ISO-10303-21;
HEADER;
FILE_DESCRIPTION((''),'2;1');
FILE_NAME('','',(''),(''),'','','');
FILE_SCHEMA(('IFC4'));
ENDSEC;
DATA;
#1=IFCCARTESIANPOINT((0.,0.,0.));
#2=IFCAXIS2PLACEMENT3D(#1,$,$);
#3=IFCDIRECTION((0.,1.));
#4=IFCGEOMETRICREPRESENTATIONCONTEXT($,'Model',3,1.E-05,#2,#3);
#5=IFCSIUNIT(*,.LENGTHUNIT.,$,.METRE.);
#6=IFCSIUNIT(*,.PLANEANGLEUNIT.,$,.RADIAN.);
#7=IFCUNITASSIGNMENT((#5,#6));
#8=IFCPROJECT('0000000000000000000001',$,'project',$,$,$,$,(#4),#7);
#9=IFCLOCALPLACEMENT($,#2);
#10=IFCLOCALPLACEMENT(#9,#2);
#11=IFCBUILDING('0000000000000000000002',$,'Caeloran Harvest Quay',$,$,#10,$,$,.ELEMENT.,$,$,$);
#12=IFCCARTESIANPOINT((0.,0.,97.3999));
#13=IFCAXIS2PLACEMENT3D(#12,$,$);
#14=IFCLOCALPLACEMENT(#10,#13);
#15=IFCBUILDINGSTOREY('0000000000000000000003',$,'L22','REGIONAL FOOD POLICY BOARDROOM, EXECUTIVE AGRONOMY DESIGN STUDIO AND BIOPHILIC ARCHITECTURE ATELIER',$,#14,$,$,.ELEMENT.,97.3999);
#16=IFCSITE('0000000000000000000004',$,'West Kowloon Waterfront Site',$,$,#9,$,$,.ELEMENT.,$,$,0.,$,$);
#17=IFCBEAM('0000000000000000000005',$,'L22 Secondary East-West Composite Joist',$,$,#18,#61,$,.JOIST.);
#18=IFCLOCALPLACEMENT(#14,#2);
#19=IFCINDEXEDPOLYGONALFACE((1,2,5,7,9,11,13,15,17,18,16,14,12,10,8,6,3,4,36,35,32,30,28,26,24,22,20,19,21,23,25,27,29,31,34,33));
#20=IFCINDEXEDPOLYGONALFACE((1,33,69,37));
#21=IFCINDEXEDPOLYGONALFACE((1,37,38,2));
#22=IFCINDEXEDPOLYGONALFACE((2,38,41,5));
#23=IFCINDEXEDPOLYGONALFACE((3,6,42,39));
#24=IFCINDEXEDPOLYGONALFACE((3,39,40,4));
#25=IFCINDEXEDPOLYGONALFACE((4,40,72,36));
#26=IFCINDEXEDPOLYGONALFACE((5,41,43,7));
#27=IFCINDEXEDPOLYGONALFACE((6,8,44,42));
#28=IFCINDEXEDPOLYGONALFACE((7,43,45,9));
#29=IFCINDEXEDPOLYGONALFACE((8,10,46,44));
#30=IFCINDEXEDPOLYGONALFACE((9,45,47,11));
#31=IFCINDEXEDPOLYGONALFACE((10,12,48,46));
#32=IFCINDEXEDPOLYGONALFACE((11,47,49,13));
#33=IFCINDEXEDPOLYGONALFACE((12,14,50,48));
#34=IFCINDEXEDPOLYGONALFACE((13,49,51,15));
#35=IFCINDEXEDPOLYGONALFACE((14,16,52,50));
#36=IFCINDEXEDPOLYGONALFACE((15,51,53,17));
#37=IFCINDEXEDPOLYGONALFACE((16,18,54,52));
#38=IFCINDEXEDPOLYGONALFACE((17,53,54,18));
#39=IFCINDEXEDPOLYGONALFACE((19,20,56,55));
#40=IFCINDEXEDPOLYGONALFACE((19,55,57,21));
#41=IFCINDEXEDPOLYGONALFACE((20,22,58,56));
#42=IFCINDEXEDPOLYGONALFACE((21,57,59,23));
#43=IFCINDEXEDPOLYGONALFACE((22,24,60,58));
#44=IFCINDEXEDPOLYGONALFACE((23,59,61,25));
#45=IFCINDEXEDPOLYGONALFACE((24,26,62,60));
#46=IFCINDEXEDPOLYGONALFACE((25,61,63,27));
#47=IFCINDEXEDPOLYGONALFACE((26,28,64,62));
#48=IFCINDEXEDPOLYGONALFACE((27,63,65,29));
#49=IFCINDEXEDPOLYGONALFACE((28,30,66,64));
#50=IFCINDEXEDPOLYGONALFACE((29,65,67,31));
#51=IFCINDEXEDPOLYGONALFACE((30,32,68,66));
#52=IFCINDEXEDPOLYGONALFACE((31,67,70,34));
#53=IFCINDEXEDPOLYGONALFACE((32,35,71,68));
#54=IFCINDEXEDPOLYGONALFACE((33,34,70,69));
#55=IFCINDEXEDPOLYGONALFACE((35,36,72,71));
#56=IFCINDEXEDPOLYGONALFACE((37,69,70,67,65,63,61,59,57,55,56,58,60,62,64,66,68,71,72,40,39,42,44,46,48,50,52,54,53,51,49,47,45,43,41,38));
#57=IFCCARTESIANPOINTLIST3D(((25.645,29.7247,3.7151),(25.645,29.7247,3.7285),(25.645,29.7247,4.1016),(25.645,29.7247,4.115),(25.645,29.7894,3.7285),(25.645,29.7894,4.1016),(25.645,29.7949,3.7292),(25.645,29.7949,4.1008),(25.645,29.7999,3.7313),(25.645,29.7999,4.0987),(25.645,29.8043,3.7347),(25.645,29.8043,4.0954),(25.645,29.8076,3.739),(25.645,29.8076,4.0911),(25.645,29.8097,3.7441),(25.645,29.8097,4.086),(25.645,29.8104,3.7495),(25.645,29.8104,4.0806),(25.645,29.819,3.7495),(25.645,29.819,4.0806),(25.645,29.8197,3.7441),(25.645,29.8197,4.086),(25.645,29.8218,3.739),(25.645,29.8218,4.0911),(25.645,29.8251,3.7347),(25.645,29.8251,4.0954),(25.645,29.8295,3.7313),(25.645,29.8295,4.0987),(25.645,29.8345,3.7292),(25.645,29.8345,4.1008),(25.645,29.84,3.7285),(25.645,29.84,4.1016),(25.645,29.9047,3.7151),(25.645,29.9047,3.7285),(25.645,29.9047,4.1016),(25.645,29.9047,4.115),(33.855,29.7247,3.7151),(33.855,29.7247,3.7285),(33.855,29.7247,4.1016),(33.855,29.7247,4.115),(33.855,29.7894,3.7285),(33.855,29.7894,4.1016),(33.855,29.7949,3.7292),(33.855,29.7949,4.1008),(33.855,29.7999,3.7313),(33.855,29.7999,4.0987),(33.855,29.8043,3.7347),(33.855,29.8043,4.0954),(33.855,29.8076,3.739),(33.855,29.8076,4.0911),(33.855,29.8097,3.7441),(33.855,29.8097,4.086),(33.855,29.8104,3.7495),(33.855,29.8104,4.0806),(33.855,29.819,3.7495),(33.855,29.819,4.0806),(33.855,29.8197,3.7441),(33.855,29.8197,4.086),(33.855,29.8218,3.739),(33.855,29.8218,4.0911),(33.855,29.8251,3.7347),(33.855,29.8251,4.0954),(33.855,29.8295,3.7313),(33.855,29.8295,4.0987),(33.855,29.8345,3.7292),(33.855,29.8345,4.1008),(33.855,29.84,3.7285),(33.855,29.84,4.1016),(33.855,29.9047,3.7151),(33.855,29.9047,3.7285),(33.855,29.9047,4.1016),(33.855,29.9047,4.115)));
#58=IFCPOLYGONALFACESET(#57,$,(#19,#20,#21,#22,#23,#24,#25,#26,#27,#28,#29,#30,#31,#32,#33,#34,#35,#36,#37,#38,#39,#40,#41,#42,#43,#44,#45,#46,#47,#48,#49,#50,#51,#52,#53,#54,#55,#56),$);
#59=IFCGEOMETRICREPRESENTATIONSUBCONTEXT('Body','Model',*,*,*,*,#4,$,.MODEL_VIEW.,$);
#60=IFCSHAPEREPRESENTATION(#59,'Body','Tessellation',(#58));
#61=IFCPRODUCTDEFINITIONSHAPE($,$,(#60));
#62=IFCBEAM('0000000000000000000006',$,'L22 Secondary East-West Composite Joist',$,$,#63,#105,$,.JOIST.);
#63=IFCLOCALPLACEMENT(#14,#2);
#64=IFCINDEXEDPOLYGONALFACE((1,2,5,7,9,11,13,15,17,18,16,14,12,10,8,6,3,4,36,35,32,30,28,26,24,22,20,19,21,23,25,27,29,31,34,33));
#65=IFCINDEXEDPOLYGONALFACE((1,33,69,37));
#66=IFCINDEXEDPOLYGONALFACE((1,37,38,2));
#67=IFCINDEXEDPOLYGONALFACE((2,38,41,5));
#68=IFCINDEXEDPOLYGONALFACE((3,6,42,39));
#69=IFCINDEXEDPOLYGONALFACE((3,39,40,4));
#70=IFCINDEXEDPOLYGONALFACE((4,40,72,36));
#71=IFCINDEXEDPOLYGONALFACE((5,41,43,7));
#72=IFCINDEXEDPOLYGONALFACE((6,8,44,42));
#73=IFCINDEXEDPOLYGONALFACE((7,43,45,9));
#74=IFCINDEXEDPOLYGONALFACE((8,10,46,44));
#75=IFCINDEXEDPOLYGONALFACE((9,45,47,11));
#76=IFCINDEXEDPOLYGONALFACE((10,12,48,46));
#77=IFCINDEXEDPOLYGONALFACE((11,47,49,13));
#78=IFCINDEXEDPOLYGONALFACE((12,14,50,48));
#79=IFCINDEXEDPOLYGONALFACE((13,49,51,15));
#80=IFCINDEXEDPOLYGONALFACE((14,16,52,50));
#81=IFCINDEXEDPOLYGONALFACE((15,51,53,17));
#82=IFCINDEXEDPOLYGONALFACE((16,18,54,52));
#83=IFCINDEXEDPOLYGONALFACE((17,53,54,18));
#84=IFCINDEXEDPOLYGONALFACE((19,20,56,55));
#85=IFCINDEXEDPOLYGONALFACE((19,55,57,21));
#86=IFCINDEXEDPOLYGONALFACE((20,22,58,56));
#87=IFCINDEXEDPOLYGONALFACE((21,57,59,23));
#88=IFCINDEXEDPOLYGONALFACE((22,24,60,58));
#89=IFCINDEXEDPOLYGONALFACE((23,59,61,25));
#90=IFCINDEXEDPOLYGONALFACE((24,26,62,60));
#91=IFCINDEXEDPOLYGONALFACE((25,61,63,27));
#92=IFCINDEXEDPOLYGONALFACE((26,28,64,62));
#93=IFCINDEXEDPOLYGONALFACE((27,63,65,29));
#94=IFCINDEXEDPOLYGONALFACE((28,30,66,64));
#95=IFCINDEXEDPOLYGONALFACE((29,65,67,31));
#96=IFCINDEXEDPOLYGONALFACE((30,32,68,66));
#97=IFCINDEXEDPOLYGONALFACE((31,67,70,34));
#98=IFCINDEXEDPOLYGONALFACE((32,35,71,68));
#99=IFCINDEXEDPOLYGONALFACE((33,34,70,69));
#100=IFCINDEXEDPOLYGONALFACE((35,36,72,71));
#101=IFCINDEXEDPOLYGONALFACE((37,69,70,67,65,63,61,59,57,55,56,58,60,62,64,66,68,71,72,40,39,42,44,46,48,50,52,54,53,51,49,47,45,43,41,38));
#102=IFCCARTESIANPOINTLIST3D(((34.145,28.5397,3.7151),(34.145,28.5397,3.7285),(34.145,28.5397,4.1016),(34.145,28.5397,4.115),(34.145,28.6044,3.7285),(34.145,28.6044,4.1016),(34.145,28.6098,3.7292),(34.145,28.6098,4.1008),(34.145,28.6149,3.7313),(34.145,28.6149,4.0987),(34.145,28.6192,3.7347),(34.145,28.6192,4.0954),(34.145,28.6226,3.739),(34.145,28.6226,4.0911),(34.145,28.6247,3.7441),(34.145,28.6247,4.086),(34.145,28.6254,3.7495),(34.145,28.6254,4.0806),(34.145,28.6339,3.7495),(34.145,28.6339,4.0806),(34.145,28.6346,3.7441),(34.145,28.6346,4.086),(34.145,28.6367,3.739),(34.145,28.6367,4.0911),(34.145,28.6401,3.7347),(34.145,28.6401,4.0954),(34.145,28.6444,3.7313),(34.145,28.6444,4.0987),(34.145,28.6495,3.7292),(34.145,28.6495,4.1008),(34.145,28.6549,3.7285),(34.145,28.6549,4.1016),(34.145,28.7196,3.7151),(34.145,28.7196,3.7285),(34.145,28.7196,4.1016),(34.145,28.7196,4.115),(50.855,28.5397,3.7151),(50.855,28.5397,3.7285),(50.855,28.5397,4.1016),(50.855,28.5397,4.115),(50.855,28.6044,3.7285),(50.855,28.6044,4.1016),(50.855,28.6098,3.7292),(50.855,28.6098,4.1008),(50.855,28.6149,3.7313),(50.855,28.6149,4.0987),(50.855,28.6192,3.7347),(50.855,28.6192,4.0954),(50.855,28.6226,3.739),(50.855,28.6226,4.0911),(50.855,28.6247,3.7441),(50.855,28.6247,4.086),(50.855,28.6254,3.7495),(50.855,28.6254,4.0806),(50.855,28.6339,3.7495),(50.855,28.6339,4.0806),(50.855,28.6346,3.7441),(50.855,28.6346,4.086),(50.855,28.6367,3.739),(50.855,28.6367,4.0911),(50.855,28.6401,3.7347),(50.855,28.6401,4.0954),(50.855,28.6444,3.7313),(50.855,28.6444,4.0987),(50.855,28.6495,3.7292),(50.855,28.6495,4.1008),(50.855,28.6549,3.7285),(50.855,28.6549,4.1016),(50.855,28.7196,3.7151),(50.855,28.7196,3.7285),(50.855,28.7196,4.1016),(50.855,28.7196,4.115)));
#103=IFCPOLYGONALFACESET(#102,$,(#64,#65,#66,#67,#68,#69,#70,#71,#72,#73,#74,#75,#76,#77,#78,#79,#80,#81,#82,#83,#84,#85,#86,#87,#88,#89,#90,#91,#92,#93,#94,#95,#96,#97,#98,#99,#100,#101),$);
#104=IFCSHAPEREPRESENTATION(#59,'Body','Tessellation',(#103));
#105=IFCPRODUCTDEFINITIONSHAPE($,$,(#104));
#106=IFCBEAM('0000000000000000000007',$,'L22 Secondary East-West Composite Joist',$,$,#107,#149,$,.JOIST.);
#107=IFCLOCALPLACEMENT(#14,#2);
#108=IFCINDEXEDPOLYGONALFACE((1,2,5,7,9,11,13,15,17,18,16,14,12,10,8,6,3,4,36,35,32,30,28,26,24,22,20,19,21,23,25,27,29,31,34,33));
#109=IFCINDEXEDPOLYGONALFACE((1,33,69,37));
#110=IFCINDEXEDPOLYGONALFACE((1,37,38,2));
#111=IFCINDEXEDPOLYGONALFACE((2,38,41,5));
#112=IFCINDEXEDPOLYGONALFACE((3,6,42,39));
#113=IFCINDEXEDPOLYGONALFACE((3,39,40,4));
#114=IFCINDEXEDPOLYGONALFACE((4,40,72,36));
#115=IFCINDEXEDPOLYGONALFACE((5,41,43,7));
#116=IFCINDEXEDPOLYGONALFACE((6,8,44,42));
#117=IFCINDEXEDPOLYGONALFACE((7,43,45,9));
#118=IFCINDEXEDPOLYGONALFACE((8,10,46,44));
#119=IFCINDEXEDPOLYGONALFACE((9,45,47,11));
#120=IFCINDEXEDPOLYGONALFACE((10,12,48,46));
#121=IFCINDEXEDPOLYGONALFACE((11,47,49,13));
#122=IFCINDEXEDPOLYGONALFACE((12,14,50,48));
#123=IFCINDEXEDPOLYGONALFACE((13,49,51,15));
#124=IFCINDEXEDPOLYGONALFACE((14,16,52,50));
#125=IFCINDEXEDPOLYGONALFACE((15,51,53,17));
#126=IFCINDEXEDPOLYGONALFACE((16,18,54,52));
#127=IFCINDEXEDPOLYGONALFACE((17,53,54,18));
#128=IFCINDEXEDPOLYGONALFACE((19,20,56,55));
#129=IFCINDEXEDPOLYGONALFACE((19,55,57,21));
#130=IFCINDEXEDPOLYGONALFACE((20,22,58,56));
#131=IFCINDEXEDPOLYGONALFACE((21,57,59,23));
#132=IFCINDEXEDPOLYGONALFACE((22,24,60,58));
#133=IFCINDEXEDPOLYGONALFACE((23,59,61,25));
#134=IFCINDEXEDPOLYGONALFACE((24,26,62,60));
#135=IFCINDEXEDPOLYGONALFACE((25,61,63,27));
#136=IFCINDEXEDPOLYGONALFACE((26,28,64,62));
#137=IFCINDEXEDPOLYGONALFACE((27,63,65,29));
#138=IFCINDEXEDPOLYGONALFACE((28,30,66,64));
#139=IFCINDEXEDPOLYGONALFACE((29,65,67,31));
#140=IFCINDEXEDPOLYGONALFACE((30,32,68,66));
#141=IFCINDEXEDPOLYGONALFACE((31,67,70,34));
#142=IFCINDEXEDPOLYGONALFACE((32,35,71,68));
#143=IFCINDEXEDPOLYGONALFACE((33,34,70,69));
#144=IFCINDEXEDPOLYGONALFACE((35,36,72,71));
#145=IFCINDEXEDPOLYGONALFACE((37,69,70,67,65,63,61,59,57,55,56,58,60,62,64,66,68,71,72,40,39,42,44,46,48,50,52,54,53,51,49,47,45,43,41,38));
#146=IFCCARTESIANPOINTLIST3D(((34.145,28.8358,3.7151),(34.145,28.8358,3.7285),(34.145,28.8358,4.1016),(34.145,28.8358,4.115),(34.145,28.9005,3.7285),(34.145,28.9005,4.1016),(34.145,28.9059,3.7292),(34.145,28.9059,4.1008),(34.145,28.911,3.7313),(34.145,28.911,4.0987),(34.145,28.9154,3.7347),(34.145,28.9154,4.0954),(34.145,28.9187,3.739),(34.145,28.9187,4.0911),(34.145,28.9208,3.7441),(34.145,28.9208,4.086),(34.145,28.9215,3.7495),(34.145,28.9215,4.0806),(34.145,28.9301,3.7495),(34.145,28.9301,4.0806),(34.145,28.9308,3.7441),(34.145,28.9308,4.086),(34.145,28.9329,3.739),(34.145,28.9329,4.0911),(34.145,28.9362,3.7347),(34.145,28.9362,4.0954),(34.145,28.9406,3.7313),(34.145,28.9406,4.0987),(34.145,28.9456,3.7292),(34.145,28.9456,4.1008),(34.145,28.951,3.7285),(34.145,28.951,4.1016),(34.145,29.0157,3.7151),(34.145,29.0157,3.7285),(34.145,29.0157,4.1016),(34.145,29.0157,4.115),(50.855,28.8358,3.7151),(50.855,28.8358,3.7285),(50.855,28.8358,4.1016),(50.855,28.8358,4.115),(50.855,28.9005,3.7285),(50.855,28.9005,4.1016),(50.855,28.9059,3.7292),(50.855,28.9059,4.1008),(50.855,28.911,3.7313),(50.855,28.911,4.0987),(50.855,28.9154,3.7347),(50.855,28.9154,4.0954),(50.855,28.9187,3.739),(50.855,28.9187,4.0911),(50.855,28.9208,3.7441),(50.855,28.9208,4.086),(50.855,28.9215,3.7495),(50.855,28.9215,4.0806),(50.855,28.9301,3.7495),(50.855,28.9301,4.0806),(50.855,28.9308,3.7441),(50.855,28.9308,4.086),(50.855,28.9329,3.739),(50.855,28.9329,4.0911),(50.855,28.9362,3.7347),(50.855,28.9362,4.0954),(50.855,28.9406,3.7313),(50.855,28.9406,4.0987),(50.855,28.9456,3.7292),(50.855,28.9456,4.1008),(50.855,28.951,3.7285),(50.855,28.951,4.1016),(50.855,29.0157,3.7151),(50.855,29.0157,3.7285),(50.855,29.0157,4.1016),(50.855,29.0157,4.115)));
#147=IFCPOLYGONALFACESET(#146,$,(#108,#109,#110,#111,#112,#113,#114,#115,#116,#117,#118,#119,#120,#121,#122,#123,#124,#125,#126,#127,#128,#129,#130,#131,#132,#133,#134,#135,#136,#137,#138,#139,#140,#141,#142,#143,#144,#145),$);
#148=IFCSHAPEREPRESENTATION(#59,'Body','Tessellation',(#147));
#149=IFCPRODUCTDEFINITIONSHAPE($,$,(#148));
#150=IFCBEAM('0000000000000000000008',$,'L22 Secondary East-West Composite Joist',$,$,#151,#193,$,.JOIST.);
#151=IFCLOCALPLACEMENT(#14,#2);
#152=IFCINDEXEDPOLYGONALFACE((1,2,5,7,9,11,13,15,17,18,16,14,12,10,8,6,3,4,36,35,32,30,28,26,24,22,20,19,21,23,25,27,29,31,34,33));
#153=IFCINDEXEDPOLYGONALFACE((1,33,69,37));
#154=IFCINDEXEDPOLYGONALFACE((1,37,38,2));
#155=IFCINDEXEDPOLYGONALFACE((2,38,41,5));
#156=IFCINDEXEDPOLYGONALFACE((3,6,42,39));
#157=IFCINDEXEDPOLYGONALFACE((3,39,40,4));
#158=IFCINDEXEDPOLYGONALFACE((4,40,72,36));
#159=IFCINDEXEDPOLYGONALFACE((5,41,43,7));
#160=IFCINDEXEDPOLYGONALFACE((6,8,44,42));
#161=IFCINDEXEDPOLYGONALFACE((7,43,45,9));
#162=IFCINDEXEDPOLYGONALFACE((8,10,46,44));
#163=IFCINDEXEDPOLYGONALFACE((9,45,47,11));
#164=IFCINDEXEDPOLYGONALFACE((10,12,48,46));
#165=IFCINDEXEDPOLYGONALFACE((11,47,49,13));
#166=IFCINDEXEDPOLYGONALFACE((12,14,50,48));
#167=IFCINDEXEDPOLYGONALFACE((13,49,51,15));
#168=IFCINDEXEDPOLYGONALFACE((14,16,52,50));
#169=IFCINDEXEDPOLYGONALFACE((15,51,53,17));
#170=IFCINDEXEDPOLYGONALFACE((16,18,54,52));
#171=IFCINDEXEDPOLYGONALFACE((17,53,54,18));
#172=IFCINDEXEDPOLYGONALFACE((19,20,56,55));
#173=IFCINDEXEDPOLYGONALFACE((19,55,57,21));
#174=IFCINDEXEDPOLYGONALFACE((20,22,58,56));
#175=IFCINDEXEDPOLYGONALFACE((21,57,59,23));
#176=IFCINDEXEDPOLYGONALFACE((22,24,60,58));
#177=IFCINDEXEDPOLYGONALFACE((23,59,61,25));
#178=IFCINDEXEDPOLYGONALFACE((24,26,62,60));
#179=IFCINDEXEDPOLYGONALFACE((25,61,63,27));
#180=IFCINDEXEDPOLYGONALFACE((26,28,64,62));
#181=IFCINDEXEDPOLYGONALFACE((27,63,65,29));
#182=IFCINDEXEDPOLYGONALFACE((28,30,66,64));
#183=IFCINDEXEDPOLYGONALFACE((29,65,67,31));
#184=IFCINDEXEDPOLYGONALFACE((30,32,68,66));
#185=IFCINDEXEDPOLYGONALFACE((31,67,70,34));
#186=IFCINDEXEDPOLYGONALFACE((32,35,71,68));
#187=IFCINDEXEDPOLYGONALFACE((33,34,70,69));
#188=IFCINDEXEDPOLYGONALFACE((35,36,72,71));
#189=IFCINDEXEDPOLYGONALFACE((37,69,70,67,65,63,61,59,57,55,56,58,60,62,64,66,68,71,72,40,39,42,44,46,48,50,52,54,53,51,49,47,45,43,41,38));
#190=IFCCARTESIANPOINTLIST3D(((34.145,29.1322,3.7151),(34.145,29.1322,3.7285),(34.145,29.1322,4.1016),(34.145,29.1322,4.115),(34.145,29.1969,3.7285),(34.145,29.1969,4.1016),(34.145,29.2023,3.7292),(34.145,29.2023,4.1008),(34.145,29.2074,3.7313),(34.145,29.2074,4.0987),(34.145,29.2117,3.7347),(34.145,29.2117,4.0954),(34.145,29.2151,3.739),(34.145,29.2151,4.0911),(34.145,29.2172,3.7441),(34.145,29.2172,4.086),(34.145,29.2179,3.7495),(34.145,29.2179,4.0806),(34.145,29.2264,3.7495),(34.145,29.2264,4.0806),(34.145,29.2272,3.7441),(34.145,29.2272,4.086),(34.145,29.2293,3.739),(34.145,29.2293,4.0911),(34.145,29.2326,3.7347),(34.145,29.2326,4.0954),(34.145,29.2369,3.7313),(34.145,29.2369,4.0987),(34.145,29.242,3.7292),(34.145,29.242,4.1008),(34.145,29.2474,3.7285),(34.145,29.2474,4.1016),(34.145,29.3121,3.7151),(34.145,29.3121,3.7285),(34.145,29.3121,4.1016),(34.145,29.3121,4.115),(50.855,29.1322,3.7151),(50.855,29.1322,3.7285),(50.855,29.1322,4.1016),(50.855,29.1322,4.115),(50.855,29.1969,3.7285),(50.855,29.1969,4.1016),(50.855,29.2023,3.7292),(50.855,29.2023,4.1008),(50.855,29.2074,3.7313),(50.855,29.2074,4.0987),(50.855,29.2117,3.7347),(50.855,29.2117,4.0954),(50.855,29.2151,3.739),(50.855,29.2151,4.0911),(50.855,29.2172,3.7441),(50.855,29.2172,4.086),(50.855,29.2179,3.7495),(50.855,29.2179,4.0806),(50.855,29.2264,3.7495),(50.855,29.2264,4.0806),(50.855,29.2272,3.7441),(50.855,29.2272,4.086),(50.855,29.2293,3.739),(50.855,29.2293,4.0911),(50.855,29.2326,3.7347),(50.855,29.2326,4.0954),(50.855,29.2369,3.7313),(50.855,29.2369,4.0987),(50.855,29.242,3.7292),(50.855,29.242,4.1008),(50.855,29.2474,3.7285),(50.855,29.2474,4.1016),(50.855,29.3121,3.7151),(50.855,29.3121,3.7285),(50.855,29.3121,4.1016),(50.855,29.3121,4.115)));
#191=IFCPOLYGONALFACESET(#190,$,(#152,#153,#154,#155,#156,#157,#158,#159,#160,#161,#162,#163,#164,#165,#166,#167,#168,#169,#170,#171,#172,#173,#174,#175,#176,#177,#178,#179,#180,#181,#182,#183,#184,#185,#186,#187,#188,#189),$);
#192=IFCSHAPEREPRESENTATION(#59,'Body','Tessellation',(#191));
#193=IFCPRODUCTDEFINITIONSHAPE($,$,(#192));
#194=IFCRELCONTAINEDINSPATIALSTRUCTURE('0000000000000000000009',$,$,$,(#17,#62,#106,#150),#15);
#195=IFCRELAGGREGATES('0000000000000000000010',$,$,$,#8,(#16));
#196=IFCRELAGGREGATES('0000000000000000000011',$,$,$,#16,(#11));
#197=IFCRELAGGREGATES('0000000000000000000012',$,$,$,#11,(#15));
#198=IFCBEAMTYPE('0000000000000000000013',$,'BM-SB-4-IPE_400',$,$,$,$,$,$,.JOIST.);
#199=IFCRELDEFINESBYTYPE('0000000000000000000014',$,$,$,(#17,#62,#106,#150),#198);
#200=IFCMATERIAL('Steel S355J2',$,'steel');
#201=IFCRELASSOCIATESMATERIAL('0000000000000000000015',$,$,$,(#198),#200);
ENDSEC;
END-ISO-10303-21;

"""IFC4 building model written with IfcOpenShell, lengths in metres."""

from ifc_helpers import new_model, si_unit, direction, frame, origin, origin_2d, place, context, subcontext, project, spatial, i_section, extrude, material, material_profile, profile_set, type_object, element, save


model = new_model("IFC4")

# Units and contexts
model_context = context("Model", 3, precision=1e-05, world=origin(), true_north=direction((0.0, 1.0)))
body_context = subcontext(model_context, "Body", "Model", "MODEL_VIEW")
ifc_project = project(units=[si_unit("LENGTHUNIT", "METRE"), si_unit("PLANEANGLEUNIT", "RADIAN")], contexts=[model_context])

# Site, building, storey
site_placement = place(None, origin())
site = spatial("IfcSite", under=ifc_project, at=site_placement, Name="West Kowloon Waterfront Site", CompositionType="ELEMENT", RefElevation=0.0)
building_placement = place(site_placement, origin())
building = spatial("IfcBuilding", under=site, at=building_placement, Name="Caeloran Harvest Quay", CompositionType="ELEMENT")
storey_placement = place(building_placement, frame((0.0, 0.0, 97.3999)))
storey = spatial("IfcBuildingStorey", under=building, at=storey_placement, Name="L22", Description="REGIONAL FOOD POLICY BOARDROOM, EXECUTIVE AGRONOMY DESIGN STUDIO AND BIOPHILIC ARCHITECTURE ATELIER", CompositionType="ELEMENT", Elevation=97.3999)

# Beams
ifc_material_1 = material(Name="Steel S355J2", Category="steel")
ifc_material_profile_1 = material_profile(ifc_material_1, i_section(OverallWidth=0.1799, OverallDepth=0.3999, WebThickness=0.0085, FlangeThickness=0.0134, FilletRadius=0.021, at=origin_2d()), Name="IPE 400")
ifc_profile_set_1 = profile_set([ifc_material_profile_1], Name="Steel S355J2")
beam_type_1 = type_object("IfcBeamType", Name="BM-SB-4-IPE_400", PredefinedType="JOIST", material=ifc_profile_set_1)
for number, where, z_axis, x_axis, name in (
    (1, (25.645, 29.8147, 3.915), (1.0, 0.0, 0.0), (0.0, 1.0, 0.0), "L22 Secondary East-West Composite Joist"),
):
    element("IfcBeam", number, at=place(storey_placement, frame(where, z_axis=z_axis, x_axis=x_axis)), inside=storey, type_object=beam_type_1, Name=name, PredefinedType="JOIST", context=body_context, shape_type="SweptSolid", body=[
        extrude(i_section(OverallWidth=0.1799, OverallDepth=0.3999, WebThickness=0.0085, FlangeThickness=0.0134, FilletRadius=0.021, at=origin_2d()), origin(), (0.0, 0.0, 1.0), 8.21),
    ])
for number, where, z_axis, x_axis, name in (
    (2, (34.145, 28.6296, 3.915), (1.0, 0.0, 0.0), (0.0, 1.0, 0.0), "L22 Secondary East-West Composite Joist"),
    (3, (34.145, 28.9258, 3.915), (1.0, 0.0, 0.0), (0.0, 1.0, 0.0), "L22 Secondary East-West Composite Joist"),
    (4, (34.145, 29.2222, 3.915), (1.0, 0.0, 0.0), (0.0, 1.0, 0.0), "L22 Secondary East-West Composite Joist"),
):
    element("IfcBeam", number, at=place(storey_placement, frame(where, z_axis=z_axis, x_axis=x_axis)), inside=storey, type_object=beam_type_1, Name=name, PredefinedType="JOIST", context=body_context, shape_type="SweptSolid", body=[
        extrude(i_section(OverallWidth=0.1799, OverallDepth=0.3999, WebThickness=0.0085, FlangeThickness=0.0134, FilletRadius=0.021, at=origin_2d()), origin(), (0.0, 0.0, 1.0), 16.71),
    ])

save(model, "model.ifc")
